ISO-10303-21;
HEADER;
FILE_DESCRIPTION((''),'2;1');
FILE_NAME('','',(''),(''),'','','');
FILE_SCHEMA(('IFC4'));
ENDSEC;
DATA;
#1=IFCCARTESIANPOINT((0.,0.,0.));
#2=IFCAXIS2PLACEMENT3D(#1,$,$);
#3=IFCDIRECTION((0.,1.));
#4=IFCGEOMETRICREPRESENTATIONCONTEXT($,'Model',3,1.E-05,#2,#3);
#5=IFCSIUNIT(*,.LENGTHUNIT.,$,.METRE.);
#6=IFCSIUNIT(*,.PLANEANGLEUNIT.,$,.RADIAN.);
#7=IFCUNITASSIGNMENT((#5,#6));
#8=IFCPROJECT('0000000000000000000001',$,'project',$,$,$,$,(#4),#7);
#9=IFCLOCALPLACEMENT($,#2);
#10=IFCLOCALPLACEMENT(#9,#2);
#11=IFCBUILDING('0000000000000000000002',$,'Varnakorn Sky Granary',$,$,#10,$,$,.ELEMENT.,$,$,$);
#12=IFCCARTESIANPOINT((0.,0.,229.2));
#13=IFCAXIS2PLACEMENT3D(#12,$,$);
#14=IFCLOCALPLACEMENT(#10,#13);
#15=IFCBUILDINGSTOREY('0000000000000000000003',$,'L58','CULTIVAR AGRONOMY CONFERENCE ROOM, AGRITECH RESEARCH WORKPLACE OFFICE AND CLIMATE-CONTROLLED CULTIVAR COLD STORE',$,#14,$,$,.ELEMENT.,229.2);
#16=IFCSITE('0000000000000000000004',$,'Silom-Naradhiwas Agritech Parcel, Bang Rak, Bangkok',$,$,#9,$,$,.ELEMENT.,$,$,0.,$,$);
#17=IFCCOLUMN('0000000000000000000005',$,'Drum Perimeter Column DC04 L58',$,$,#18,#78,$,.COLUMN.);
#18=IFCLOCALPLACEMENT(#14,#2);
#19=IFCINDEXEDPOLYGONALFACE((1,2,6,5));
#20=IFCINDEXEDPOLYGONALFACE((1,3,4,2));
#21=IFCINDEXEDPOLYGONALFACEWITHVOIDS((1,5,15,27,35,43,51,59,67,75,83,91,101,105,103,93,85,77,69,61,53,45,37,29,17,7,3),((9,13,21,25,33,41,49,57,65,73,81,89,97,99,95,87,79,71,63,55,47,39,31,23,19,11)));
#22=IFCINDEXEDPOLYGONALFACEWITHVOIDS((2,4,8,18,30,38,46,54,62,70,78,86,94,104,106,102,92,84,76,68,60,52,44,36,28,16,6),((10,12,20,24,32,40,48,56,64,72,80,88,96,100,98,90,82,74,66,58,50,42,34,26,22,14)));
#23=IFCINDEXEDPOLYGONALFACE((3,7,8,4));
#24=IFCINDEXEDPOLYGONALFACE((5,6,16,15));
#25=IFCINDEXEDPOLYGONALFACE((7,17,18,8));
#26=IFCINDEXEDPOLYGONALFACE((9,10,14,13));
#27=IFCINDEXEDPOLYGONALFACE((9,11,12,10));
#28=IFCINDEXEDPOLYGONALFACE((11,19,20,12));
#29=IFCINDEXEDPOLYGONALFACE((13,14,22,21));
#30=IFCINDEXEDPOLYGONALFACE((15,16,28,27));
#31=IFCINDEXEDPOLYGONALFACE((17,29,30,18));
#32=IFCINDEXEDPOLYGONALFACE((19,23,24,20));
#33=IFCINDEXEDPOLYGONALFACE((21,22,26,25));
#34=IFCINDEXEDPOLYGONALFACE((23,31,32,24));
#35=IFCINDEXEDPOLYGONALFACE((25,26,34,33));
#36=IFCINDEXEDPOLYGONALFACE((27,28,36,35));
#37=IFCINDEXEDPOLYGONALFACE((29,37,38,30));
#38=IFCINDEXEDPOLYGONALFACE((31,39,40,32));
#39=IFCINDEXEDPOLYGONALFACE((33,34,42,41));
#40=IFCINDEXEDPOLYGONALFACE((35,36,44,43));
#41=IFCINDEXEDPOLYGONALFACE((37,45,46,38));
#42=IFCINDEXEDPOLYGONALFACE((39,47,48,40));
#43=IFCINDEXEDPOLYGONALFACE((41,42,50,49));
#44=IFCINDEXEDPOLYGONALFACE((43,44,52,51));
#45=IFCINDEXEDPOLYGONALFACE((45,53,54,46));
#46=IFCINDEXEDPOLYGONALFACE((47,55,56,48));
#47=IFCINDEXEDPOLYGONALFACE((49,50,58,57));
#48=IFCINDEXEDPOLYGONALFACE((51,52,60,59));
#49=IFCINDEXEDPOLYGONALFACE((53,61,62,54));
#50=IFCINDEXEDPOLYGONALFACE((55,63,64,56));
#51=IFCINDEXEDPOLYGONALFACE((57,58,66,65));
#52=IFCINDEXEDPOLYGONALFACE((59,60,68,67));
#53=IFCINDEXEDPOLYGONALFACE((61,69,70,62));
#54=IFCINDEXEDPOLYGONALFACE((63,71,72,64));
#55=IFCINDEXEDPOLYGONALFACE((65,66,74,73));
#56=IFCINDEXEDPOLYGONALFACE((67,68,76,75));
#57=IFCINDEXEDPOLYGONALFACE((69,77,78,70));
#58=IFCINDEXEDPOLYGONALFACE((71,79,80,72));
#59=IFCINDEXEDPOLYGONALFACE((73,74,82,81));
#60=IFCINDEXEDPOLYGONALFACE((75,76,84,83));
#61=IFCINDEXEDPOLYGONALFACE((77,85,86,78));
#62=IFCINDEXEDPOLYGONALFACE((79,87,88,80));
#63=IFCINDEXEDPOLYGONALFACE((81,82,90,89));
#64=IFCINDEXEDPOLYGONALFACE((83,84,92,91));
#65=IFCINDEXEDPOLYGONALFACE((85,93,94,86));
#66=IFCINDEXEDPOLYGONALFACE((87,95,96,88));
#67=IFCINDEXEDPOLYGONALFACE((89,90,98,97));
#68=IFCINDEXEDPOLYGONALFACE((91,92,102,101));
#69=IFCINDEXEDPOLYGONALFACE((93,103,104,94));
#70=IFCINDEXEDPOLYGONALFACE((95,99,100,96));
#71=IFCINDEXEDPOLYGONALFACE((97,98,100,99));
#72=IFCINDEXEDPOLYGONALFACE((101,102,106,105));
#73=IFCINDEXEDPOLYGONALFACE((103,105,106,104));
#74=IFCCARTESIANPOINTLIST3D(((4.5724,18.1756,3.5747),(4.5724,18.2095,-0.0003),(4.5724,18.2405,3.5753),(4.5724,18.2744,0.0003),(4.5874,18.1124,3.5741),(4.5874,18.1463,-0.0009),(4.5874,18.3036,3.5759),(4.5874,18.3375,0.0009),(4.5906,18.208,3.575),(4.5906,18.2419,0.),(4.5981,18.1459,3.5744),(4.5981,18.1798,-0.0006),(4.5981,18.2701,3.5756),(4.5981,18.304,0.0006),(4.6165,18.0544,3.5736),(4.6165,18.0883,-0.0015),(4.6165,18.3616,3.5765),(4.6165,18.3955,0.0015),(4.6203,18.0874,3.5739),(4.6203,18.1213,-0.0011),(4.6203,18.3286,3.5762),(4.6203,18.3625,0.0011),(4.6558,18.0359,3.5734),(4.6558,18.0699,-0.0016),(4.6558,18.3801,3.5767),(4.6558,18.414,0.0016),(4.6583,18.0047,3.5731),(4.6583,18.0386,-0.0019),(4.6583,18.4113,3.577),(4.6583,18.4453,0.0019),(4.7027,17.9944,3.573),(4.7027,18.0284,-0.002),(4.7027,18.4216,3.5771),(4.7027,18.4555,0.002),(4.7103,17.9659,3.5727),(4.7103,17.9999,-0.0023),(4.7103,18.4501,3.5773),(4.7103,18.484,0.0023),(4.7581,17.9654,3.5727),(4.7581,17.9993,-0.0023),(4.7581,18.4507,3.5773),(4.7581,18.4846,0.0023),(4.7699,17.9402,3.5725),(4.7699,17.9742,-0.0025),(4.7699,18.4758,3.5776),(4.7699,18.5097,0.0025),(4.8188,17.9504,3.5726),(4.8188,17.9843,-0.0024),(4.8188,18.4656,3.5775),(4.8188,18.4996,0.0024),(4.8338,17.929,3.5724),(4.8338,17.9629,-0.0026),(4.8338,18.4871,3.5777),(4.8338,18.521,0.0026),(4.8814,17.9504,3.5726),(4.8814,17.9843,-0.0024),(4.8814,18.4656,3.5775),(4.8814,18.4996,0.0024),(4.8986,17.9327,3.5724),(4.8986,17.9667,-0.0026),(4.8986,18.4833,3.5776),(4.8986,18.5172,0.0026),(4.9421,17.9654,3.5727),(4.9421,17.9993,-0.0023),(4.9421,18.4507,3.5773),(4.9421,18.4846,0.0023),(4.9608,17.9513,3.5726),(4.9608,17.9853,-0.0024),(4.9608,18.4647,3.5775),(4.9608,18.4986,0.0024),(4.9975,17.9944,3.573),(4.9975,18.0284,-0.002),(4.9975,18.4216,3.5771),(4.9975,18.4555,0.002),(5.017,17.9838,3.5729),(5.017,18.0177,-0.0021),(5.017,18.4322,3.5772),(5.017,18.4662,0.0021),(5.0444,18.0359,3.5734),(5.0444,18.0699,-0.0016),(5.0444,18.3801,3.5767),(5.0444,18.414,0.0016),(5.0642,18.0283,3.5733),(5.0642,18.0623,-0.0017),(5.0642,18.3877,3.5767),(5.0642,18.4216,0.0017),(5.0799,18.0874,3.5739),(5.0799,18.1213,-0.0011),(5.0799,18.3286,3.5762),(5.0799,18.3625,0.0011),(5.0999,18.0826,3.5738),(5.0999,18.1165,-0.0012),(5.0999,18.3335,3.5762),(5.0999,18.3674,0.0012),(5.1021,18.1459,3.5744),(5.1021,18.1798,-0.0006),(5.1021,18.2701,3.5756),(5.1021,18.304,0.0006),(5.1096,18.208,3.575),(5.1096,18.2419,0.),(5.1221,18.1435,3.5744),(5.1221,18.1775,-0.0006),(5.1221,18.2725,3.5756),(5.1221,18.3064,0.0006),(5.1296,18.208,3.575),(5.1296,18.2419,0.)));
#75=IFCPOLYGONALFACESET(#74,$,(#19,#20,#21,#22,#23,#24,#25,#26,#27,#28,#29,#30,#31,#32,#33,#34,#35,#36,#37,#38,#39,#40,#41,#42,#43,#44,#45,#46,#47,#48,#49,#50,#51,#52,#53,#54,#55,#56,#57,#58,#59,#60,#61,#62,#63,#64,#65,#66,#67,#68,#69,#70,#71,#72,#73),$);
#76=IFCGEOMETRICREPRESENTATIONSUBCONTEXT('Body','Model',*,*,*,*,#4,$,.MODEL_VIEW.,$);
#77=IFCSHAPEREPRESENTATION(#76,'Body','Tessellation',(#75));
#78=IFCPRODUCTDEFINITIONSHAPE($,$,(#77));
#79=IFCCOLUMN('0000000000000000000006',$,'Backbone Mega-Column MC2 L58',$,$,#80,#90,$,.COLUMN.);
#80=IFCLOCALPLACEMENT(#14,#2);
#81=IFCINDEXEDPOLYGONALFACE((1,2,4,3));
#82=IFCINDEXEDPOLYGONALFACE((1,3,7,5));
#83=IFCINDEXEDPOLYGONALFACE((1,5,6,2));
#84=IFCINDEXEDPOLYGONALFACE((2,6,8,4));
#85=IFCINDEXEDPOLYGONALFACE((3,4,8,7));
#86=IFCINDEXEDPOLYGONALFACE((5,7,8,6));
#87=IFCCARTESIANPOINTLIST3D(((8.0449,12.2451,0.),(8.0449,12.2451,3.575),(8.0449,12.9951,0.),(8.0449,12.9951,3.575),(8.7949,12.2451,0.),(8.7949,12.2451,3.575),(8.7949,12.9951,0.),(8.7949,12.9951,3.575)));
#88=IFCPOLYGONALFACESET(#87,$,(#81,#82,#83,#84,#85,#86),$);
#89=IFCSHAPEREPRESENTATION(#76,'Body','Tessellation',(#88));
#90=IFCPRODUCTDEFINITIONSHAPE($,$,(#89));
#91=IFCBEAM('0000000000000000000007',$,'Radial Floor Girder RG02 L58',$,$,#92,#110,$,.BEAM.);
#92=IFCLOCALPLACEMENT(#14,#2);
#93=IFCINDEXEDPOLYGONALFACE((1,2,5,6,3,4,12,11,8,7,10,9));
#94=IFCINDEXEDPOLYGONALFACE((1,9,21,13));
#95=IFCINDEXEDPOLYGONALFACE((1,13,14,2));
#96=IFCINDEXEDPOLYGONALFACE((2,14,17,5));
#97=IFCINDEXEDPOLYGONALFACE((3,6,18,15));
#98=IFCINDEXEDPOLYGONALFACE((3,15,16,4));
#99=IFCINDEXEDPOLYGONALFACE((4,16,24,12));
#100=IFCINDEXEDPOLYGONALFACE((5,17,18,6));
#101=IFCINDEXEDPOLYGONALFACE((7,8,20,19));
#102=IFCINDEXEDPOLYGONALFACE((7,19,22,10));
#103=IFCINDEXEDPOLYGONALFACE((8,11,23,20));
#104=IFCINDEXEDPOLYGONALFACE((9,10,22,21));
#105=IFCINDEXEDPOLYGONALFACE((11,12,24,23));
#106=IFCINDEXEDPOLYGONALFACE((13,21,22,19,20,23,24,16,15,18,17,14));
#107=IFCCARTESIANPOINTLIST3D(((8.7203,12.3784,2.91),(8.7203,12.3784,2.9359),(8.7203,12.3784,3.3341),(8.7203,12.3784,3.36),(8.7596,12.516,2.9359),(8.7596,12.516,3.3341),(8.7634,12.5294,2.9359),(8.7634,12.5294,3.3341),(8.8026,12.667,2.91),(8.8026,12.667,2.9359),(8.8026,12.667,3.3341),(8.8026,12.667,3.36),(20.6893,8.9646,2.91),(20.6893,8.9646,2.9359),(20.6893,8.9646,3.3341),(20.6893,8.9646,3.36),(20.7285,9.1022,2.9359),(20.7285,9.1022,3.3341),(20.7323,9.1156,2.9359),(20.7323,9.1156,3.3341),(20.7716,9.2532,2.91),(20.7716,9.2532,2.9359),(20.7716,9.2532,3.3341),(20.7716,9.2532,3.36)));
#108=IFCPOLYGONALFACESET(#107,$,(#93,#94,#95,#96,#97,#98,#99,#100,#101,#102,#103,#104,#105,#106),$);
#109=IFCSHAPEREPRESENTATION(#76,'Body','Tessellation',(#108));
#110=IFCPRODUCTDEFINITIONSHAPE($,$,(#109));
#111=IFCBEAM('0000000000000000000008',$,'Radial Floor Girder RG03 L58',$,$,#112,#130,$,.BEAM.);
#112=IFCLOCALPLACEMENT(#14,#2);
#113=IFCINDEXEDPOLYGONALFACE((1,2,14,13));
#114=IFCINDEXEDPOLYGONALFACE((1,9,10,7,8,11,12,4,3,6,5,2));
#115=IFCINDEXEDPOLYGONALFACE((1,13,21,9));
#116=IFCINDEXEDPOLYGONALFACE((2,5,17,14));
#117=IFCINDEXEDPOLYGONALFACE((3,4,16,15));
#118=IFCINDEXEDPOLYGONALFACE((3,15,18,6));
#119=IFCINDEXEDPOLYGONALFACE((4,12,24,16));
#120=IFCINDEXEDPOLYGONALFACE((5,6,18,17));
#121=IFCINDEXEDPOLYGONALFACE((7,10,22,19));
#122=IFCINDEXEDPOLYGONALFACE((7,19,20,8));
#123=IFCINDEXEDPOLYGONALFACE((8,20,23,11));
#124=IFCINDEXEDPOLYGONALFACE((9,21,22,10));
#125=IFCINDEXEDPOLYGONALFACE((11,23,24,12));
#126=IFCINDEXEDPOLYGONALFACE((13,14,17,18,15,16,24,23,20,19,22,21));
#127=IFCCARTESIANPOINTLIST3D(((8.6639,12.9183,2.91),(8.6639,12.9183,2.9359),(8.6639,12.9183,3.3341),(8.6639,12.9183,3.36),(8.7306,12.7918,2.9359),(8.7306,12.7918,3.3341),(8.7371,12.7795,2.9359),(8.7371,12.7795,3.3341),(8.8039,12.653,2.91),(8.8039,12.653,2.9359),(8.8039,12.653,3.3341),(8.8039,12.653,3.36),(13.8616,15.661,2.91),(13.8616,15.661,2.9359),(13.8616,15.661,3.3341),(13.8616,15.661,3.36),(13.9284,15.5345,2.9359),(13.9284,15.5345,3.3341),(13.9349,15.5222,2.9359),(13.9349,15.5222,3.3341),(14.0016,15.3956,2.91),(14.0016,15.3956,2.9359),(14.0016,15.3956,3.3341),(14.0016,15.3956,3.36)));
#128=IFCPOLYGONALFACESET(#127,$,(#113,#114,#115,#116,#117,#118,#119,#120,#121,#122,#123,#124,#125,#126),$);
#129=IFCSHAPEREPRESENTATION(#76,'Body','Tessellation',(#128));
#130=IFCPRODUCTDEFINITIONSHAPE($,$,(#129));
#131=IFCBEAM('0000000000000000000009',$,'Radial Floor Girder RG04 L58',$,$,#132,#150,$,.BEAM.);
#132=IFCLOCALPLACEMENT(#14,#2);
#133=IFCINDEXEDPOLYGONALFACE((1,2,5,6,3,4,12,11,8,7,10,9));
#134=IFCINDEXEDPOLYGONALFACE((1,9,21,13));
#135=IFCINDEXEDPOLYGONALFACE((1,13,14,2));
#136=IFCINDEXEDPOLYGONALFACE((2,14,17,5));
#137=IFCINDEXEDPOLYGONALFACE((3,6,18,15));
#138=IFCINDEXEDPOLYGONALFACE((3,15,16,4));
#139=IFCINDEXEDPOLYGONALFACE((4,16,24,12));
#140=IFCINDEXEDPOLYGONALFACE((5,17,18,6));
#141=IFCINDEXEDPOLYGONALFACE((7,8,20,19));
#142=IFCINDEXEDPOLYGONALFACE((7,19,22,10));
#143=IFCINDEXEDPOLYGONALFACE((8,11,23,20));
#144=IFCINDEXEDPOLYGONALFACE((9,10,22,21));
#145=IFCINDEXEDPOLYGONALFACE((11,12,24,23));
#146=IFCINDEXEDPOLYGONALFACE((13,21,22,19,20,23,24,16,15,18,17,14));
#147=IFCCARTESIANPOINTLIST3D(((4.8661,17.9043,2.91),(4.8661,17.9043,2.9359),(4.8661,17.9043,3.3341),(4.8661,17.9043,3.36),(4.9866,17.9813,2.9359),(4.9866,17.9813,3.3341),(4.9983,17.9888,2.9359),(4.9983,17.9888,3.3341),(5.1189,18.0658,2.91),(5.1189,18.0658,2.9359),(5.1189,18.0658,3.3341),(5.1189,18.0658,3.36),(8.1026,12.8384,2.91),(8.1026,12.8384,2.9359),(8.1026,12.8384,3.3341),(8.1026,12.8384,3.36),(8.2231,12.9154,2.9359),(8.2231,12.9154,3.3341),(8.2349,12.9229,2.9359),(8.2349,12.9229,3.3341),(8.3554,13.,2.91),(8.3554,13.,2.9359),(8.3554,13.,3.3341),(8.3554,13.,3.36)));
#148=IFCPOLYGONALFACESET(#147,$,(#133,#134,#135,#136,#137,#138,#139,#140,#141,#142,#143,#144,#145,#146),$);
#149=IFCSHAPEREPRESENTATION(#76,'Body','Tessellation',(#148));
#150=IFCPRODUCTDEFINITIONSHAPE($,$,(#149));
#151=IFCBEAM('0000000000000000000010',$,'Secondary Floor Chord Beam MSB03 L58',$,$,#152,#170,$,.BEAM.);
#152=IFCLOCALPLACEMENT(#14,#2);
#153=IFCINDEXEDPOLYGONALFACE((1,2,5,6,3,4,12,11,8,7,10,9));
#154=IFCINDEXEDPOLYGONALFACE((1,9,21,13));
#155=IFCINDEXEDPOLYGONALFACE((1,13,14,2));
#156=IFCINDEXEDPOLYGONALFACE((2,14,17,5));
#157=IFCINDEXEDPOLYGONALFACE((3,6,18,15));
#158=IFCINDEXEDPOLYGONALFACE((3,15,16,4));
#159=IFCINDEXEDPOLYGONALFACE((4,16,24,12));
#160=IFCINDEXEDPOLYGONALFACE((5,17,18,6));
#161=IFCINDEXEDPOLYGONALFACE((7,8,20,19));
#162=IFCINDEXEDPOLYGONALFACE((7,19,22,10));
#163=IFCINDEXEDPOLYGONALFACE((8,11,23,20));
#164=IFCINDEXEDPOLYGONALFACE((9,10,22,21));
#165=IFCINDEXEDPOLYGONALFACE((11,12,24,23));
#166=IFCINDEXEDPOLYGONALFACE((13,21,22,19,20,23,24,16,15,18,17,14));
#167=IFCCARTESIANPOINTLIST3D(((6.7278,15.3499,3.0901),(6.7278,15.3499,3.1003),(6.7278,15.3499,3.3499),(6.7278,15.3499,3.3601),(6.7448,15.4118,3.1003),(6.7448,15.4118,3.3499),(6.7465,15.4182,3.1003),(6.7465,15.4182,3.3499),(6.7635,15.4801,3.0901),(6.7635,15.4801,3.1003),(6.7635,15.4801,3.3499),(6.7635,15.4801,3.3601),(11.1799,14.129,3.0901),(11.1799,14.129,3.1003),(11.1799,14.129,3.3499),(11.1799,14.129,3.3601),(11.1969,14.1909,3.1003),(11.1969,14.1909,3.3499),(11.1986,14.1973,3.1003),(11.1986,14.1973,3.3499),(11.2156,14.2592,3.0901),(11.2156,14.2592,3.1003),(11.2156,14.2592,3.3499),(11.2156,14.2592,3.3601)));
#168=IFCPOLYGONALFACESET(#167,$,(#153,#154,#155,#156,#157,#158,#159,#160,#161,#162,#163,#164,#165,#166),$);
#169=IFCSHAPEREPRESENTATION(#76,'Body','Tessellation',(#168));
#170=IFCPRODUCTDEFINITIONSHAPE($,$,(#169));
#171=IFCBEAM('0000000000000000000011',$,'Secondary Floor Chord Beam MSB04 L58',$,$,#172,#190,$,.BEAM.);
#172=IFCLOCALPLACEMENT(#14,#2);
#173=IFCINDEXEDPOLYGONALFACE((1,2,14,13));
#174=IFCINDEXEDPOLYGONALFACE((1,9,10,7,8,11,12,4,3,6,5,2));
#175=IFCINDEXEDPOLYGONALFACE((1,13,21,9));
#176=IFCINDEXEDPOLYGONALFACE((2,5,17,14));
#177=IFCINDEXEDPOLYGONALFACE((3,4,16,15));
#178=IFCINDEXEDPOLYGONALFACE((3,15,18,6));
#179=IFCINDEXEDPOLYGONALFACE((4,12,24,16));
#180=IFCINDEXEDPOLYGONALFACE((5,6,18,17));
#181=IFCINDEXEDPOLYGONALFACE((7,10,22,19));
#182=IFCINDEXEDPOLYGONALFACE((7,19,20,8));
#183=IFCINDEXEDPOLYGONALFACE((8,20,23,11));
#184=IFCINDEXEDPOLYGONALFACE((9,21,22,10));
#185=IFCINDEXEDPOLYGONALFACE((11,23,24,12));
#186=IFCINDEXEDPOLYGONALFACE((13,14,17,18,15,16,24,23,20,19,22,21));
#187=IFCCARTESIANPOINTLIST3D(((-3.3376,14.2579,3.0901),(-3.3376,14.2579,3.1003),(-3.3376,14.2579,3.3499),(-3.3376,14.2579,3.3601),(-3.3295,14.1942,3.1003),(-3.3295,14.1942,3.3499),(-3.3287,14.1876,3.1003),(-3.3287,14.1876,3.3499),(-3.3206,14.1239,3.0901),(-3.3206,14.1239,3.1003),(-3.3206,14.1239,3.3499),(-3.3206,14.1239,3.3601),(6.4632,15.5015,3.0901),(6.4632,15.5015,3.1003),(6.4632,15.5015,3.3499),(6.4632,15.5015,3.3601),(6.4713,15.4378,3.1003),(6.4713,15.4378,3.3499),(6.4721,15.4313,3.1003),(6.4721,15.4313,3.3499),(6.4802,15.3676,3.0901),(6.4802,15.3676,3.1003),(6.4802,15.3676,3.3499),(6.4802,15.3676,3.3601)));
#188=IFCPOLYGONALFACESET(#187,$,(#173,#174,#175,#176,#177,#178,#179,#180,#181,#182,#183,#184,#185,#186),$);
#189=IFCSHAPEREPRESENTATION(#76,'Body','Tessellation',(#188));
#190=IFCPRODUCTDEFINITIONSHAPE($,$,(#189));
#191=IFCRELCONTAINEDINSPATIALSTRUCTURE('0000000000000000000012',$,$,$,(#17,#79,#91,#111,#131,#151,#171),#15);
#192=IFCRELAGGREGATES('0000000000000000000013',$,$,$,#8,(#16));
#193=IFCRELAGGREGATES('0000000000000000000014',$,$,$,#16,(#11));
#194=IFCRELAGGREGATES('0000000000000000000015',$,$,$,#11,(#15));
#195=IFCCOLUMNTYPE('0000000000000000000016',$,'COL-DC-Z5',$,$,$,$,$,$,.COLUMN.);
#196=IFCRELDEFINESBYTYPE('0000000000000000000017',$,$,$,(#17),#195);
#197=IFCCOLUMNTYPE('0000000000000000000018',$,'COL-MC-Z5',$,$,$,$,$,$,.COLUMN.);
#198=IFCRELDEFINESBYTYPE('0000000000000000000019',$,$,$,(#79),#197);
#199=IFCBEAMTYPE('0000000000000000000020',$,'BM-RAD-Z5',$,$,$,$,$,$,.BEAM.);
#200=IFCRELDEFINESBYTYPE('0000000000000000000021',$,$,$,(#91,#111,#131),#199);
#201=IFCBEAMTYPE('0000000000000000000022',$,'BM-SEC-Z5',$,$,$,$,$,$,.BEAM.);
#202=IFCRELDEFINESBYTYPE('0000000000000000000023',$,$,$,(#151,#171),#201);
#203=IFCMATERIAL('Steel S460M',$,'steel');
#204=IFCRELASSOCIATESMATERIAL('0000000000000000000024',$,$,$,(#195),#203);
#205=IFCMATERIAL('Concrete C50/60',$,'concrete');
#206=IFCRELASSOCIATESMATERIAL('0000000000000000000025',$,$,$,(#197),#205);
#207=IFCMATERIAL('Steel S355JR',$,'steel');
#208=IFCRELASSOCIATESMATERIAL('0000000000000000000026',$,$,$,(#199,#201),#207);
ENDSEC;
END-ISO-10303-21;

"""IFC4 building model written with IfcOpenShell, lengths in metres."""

from ifc_helpers import new_model, si_unit, direction, frame, origin, origin_2d, place, context, subcontext, project, spatial, rectangle, hollow_circle, i_section, extrude, material, material_profile, profile_set, type_object, element, save


model = new_model("IFC4")

# Units and contexts
model_context = context("Model", 3, precision=1e-05, world=origin(), true_north=direction((0.0, 1.0)))
body_context = subcontext(model_context, "Body", "Model", "MODEL_VIEW")
ifc_project = project(units=[si_unit("LENGTHUNIT", "METRE"), si_unit("PLANEANGLEUNIT", "RADIAN")], contexts=[model_context])

# Site, building, storey
site_placement = place(None, origin())
site = spatial("IfcSite", under=ifc_project, at=site_placement, Name="Silom-Naradhiwas Agritech Parcel, Bang Rak, Bangkok", CompositionType="ELEMENT", RefElevation=0.0)
building_placement = place(site_placement, origin())
building = spatial("IfcBuilding", under=site, at=building_placement, Name="Varnakorn Sky Granary", CompositionType="ELEMENT")
storey_placement = place(building_placement, frame((0.0, 0.0, 229.2)))
storey = spatial("IfcBuildingStorey", under=building, at=storey_placement, Name="L58", Description="CULTIVAR AGRONOMY CONFERENCE ROOM, AGRITECH RESEARCH WORKPLACE OFFICE AND CLIMATE-CONTROLLED CULTIVAR COLD STORE", CompositionType="ELEMENT", Elevation=229.2)

# Columns
ifc_material_1 = material(Name="Steel S460M", Category="steel")
ifc_material_profile_1 = material_profile(ifc_material_1, hollow_circle(Radius=0.2795, WallThickness=0.02, at=origin_2d()), Name="CHS 559x20")
ifc_profile_set_1 = profile_set([ifc_material_profile_1], Name="Steel S460M")
column_type_1 = type_object("IfcColumnType", Name="COL-DC-Z5", PredefinedType="COLUMN", material=ifc_profile_set_1)
column_1_placement = place(storey_placement, frame((4.8501, 18.2419, 0.0), z_axis=(0.0, -0.009492, 0.999955), x_axis=(1.0, 0.0, 0.0)))
element("IfcColumn", 1, at=column_1_placement, inside=storey, type_object=column_type_1, Name="Drum Perimeter Column DC04 L58", PredefinedType="COLUMN", context=body_context, shape_type="SweptSolid", body=[
    extrude(hollow_circle(Radius=0.2795, WallThickness=0.02, at=origin_2d()), origin(), (0.0, 0.0, 1.0), 3.5752),
])
ifc_material_2 = material(Name="Concrete C50/60", Category="concrete")
ifc_material_profile_2 = material_profile(ifc_material_2, rectangle(XDim=0.75, YDim=0.75, at=origin_2d()), Name="RC 750x750")
ifc_profile_set_2 = profile_set([ifc_material_profile_2], Name="Concrete C50/60")
column_type_2 = type_object("IfcColumnType", Name="COL-MC-Z5", PredefinedType="COLUMN", material=ifc_profile_set_2)
column_2_placement = place(storey_placement, frame((8.4199, 12.6201, 0.0), z_axis=(0.0, 0.0, 1.0), x_axis=(1.0, 0.0, 0.0)))
element("IfcColumn", 2, at=column_2_placement, inside=storey, type_object=column_type_2, Name="Backbone Mega-Column MC2 L58", PredefinedType="COLUMN", context=body_context, shape_type="SweptSolid", body=[
    extrude(rectangle(XDim=0.75, YDim=0.75, at=origin_2d()), origin(), (0.0, 0.0, 1.0), 3.575),
])

# Beams
ifc_material_3 = material(Name="Steel S355JR", Category="steel")
ifc_material_profile_3 = material_profile(ifc_material_3, i_section(OverallWidth=0.3, OverallDepth=0.45, WebThickness=0.0139, FlangeThickness=0.0259, at=origin_2d()), Name="HE 450 B")
ifc_profile_set_3 = profile_set([ifc_material_profile_3], Name="Steel S355JR")
beam_type_1 = type_object("IfcBeamType", Name="BM-RAD-Z5", PredefinedType="BEAM", material=ifc_profile_set_3)
beam_1_placement = place(storey_placement, frame((8.7615, 12.5227, 3.135), z_axis=(0.961649, -0.274283, 0.0), x_axis=(0.274283, 0.961649, 0.0)))
element("IfcBeam", 3, at=beam_1_placement, inside=storey, type_object=beam_type_1, Name="Radial Floor Girder RG02 L58", PredefinedType="BEAM", context=body_context, shape_type="SweptSolid", body=[
    extrude(i_section(OverallWidth=0.3, OverallDepth=0.45, WebThickness=0.0139, FlangeThickness=0.0259, at=origin_2d()), origin(), (0.0, 0.0, 1.0), 12.4463),
])
beam_2_placement = place(storey_placement, frame((8.7339, 12.7856, 3.135), z_axis=(0.884426, 0.466681, 0.0), x_axis=(-0.466681, 0.884426, 0.0)))
element("IfcBeam", 4, at=beam_2_placement, inside=storey, type_object=beam_type_1, Name="Radial Floor Girder RG03 L58", PredefinedType="BEAM", context=body_context, shape_type="SweptSolid", body=[
    extrude(i_section(OverallWidth=0.3, OverallDepth=0.45, WebThickness=0.0139, FlangeThickness=0.0259, at=origin_2d()), origin(), (0.0, 0.0, 1.0), 5.877),
])
beam_3_placement = place(storey_placement, frame((8.229, 12.9192, 3.135), z_axis=(-0.538391, 0.842695, 0.0), x_axis=(-0.842695, -0.538391, 0.0)))
element("IfcBeam", 5, at=beam_3_placement, inside=storey, type_object=beam_type_1, Name="Radial Floor Girder RG04 L58", PredefinedType="BEAM", context=body_context, shape_type="SweptSolid", body=[
    extrude(i_section(OverallWidth=0.3, OverallDepth=0.45, WebThickness=0.0139, FlangeThickness=0.0259, at=origin_2d()), origin(), (0.0, 0.0, 1.0), 6.0115),
])
ifc_material_profile_4 = material_profile(ifc_material_3, i_section(OverallWidth=0.135, OverallDepth=0.27, WebThickness=0.0066, FlangeThickness=0.0103, at=origin_2d()), Name="IPE 270")
ifc_profile_set_4 = profile_set([ifc_material_profile_4], Name="Steel S355JR")
beam_type_2 = type_object("IfcBeamType", Name="BM-SEC-Z5", PredefinedType="BEAM", material=ifc_profile_set_4)
beam_4_placement = place(storey_placement, frame((11.1978, 14.1941, 3.2251), z_axis=(-0.964393, 0.264473, 0.0), x_axis=(-0.264473, -0.964393, 0.0)))
element("IfcBeam", 6, at=beam_4_placement, inside=storey, type_object=beam_type_2, Name="Secondary Floor Chord Beam MSB03 L58", PredefinedType="BEAM", context=body_context, shape_type="SweptSolid", body=[
    extrude(i_section(OverallWidth=0.135, OverallDepth=0.27, WebThickness=0.0066, FlangeThickness=0.0103, at=origin_2d()), origin(), (0.0, 0.0, 1.0), 4.6165),
])
beam_5_placement = place(storey_placement, frame((6.4717, 15.4346, 3.2251), z_axis=(-0.992045, -0.125884, 0.0), x_axis=(0.125884, -0.992045, 0.0)))
element("IfcBeam", 7, at=beam_5_placement, inside=storey, type_object=beam_type_2, Name="Secondary Floor Chord Beam MSB04 L58", PredefinedType="BEAM", context=body_context, shape_type="SweptSolid", body=[
    extrude(i_section(OverallWidth=0.135, OverallDepth=0.27, WebThickness=0.0066, FlangeThickness=0.0103, at=origin_2d()), origin(), (0.0, 0.0, 1.0), 9.8794),
])

save(model, "model.ifc")
